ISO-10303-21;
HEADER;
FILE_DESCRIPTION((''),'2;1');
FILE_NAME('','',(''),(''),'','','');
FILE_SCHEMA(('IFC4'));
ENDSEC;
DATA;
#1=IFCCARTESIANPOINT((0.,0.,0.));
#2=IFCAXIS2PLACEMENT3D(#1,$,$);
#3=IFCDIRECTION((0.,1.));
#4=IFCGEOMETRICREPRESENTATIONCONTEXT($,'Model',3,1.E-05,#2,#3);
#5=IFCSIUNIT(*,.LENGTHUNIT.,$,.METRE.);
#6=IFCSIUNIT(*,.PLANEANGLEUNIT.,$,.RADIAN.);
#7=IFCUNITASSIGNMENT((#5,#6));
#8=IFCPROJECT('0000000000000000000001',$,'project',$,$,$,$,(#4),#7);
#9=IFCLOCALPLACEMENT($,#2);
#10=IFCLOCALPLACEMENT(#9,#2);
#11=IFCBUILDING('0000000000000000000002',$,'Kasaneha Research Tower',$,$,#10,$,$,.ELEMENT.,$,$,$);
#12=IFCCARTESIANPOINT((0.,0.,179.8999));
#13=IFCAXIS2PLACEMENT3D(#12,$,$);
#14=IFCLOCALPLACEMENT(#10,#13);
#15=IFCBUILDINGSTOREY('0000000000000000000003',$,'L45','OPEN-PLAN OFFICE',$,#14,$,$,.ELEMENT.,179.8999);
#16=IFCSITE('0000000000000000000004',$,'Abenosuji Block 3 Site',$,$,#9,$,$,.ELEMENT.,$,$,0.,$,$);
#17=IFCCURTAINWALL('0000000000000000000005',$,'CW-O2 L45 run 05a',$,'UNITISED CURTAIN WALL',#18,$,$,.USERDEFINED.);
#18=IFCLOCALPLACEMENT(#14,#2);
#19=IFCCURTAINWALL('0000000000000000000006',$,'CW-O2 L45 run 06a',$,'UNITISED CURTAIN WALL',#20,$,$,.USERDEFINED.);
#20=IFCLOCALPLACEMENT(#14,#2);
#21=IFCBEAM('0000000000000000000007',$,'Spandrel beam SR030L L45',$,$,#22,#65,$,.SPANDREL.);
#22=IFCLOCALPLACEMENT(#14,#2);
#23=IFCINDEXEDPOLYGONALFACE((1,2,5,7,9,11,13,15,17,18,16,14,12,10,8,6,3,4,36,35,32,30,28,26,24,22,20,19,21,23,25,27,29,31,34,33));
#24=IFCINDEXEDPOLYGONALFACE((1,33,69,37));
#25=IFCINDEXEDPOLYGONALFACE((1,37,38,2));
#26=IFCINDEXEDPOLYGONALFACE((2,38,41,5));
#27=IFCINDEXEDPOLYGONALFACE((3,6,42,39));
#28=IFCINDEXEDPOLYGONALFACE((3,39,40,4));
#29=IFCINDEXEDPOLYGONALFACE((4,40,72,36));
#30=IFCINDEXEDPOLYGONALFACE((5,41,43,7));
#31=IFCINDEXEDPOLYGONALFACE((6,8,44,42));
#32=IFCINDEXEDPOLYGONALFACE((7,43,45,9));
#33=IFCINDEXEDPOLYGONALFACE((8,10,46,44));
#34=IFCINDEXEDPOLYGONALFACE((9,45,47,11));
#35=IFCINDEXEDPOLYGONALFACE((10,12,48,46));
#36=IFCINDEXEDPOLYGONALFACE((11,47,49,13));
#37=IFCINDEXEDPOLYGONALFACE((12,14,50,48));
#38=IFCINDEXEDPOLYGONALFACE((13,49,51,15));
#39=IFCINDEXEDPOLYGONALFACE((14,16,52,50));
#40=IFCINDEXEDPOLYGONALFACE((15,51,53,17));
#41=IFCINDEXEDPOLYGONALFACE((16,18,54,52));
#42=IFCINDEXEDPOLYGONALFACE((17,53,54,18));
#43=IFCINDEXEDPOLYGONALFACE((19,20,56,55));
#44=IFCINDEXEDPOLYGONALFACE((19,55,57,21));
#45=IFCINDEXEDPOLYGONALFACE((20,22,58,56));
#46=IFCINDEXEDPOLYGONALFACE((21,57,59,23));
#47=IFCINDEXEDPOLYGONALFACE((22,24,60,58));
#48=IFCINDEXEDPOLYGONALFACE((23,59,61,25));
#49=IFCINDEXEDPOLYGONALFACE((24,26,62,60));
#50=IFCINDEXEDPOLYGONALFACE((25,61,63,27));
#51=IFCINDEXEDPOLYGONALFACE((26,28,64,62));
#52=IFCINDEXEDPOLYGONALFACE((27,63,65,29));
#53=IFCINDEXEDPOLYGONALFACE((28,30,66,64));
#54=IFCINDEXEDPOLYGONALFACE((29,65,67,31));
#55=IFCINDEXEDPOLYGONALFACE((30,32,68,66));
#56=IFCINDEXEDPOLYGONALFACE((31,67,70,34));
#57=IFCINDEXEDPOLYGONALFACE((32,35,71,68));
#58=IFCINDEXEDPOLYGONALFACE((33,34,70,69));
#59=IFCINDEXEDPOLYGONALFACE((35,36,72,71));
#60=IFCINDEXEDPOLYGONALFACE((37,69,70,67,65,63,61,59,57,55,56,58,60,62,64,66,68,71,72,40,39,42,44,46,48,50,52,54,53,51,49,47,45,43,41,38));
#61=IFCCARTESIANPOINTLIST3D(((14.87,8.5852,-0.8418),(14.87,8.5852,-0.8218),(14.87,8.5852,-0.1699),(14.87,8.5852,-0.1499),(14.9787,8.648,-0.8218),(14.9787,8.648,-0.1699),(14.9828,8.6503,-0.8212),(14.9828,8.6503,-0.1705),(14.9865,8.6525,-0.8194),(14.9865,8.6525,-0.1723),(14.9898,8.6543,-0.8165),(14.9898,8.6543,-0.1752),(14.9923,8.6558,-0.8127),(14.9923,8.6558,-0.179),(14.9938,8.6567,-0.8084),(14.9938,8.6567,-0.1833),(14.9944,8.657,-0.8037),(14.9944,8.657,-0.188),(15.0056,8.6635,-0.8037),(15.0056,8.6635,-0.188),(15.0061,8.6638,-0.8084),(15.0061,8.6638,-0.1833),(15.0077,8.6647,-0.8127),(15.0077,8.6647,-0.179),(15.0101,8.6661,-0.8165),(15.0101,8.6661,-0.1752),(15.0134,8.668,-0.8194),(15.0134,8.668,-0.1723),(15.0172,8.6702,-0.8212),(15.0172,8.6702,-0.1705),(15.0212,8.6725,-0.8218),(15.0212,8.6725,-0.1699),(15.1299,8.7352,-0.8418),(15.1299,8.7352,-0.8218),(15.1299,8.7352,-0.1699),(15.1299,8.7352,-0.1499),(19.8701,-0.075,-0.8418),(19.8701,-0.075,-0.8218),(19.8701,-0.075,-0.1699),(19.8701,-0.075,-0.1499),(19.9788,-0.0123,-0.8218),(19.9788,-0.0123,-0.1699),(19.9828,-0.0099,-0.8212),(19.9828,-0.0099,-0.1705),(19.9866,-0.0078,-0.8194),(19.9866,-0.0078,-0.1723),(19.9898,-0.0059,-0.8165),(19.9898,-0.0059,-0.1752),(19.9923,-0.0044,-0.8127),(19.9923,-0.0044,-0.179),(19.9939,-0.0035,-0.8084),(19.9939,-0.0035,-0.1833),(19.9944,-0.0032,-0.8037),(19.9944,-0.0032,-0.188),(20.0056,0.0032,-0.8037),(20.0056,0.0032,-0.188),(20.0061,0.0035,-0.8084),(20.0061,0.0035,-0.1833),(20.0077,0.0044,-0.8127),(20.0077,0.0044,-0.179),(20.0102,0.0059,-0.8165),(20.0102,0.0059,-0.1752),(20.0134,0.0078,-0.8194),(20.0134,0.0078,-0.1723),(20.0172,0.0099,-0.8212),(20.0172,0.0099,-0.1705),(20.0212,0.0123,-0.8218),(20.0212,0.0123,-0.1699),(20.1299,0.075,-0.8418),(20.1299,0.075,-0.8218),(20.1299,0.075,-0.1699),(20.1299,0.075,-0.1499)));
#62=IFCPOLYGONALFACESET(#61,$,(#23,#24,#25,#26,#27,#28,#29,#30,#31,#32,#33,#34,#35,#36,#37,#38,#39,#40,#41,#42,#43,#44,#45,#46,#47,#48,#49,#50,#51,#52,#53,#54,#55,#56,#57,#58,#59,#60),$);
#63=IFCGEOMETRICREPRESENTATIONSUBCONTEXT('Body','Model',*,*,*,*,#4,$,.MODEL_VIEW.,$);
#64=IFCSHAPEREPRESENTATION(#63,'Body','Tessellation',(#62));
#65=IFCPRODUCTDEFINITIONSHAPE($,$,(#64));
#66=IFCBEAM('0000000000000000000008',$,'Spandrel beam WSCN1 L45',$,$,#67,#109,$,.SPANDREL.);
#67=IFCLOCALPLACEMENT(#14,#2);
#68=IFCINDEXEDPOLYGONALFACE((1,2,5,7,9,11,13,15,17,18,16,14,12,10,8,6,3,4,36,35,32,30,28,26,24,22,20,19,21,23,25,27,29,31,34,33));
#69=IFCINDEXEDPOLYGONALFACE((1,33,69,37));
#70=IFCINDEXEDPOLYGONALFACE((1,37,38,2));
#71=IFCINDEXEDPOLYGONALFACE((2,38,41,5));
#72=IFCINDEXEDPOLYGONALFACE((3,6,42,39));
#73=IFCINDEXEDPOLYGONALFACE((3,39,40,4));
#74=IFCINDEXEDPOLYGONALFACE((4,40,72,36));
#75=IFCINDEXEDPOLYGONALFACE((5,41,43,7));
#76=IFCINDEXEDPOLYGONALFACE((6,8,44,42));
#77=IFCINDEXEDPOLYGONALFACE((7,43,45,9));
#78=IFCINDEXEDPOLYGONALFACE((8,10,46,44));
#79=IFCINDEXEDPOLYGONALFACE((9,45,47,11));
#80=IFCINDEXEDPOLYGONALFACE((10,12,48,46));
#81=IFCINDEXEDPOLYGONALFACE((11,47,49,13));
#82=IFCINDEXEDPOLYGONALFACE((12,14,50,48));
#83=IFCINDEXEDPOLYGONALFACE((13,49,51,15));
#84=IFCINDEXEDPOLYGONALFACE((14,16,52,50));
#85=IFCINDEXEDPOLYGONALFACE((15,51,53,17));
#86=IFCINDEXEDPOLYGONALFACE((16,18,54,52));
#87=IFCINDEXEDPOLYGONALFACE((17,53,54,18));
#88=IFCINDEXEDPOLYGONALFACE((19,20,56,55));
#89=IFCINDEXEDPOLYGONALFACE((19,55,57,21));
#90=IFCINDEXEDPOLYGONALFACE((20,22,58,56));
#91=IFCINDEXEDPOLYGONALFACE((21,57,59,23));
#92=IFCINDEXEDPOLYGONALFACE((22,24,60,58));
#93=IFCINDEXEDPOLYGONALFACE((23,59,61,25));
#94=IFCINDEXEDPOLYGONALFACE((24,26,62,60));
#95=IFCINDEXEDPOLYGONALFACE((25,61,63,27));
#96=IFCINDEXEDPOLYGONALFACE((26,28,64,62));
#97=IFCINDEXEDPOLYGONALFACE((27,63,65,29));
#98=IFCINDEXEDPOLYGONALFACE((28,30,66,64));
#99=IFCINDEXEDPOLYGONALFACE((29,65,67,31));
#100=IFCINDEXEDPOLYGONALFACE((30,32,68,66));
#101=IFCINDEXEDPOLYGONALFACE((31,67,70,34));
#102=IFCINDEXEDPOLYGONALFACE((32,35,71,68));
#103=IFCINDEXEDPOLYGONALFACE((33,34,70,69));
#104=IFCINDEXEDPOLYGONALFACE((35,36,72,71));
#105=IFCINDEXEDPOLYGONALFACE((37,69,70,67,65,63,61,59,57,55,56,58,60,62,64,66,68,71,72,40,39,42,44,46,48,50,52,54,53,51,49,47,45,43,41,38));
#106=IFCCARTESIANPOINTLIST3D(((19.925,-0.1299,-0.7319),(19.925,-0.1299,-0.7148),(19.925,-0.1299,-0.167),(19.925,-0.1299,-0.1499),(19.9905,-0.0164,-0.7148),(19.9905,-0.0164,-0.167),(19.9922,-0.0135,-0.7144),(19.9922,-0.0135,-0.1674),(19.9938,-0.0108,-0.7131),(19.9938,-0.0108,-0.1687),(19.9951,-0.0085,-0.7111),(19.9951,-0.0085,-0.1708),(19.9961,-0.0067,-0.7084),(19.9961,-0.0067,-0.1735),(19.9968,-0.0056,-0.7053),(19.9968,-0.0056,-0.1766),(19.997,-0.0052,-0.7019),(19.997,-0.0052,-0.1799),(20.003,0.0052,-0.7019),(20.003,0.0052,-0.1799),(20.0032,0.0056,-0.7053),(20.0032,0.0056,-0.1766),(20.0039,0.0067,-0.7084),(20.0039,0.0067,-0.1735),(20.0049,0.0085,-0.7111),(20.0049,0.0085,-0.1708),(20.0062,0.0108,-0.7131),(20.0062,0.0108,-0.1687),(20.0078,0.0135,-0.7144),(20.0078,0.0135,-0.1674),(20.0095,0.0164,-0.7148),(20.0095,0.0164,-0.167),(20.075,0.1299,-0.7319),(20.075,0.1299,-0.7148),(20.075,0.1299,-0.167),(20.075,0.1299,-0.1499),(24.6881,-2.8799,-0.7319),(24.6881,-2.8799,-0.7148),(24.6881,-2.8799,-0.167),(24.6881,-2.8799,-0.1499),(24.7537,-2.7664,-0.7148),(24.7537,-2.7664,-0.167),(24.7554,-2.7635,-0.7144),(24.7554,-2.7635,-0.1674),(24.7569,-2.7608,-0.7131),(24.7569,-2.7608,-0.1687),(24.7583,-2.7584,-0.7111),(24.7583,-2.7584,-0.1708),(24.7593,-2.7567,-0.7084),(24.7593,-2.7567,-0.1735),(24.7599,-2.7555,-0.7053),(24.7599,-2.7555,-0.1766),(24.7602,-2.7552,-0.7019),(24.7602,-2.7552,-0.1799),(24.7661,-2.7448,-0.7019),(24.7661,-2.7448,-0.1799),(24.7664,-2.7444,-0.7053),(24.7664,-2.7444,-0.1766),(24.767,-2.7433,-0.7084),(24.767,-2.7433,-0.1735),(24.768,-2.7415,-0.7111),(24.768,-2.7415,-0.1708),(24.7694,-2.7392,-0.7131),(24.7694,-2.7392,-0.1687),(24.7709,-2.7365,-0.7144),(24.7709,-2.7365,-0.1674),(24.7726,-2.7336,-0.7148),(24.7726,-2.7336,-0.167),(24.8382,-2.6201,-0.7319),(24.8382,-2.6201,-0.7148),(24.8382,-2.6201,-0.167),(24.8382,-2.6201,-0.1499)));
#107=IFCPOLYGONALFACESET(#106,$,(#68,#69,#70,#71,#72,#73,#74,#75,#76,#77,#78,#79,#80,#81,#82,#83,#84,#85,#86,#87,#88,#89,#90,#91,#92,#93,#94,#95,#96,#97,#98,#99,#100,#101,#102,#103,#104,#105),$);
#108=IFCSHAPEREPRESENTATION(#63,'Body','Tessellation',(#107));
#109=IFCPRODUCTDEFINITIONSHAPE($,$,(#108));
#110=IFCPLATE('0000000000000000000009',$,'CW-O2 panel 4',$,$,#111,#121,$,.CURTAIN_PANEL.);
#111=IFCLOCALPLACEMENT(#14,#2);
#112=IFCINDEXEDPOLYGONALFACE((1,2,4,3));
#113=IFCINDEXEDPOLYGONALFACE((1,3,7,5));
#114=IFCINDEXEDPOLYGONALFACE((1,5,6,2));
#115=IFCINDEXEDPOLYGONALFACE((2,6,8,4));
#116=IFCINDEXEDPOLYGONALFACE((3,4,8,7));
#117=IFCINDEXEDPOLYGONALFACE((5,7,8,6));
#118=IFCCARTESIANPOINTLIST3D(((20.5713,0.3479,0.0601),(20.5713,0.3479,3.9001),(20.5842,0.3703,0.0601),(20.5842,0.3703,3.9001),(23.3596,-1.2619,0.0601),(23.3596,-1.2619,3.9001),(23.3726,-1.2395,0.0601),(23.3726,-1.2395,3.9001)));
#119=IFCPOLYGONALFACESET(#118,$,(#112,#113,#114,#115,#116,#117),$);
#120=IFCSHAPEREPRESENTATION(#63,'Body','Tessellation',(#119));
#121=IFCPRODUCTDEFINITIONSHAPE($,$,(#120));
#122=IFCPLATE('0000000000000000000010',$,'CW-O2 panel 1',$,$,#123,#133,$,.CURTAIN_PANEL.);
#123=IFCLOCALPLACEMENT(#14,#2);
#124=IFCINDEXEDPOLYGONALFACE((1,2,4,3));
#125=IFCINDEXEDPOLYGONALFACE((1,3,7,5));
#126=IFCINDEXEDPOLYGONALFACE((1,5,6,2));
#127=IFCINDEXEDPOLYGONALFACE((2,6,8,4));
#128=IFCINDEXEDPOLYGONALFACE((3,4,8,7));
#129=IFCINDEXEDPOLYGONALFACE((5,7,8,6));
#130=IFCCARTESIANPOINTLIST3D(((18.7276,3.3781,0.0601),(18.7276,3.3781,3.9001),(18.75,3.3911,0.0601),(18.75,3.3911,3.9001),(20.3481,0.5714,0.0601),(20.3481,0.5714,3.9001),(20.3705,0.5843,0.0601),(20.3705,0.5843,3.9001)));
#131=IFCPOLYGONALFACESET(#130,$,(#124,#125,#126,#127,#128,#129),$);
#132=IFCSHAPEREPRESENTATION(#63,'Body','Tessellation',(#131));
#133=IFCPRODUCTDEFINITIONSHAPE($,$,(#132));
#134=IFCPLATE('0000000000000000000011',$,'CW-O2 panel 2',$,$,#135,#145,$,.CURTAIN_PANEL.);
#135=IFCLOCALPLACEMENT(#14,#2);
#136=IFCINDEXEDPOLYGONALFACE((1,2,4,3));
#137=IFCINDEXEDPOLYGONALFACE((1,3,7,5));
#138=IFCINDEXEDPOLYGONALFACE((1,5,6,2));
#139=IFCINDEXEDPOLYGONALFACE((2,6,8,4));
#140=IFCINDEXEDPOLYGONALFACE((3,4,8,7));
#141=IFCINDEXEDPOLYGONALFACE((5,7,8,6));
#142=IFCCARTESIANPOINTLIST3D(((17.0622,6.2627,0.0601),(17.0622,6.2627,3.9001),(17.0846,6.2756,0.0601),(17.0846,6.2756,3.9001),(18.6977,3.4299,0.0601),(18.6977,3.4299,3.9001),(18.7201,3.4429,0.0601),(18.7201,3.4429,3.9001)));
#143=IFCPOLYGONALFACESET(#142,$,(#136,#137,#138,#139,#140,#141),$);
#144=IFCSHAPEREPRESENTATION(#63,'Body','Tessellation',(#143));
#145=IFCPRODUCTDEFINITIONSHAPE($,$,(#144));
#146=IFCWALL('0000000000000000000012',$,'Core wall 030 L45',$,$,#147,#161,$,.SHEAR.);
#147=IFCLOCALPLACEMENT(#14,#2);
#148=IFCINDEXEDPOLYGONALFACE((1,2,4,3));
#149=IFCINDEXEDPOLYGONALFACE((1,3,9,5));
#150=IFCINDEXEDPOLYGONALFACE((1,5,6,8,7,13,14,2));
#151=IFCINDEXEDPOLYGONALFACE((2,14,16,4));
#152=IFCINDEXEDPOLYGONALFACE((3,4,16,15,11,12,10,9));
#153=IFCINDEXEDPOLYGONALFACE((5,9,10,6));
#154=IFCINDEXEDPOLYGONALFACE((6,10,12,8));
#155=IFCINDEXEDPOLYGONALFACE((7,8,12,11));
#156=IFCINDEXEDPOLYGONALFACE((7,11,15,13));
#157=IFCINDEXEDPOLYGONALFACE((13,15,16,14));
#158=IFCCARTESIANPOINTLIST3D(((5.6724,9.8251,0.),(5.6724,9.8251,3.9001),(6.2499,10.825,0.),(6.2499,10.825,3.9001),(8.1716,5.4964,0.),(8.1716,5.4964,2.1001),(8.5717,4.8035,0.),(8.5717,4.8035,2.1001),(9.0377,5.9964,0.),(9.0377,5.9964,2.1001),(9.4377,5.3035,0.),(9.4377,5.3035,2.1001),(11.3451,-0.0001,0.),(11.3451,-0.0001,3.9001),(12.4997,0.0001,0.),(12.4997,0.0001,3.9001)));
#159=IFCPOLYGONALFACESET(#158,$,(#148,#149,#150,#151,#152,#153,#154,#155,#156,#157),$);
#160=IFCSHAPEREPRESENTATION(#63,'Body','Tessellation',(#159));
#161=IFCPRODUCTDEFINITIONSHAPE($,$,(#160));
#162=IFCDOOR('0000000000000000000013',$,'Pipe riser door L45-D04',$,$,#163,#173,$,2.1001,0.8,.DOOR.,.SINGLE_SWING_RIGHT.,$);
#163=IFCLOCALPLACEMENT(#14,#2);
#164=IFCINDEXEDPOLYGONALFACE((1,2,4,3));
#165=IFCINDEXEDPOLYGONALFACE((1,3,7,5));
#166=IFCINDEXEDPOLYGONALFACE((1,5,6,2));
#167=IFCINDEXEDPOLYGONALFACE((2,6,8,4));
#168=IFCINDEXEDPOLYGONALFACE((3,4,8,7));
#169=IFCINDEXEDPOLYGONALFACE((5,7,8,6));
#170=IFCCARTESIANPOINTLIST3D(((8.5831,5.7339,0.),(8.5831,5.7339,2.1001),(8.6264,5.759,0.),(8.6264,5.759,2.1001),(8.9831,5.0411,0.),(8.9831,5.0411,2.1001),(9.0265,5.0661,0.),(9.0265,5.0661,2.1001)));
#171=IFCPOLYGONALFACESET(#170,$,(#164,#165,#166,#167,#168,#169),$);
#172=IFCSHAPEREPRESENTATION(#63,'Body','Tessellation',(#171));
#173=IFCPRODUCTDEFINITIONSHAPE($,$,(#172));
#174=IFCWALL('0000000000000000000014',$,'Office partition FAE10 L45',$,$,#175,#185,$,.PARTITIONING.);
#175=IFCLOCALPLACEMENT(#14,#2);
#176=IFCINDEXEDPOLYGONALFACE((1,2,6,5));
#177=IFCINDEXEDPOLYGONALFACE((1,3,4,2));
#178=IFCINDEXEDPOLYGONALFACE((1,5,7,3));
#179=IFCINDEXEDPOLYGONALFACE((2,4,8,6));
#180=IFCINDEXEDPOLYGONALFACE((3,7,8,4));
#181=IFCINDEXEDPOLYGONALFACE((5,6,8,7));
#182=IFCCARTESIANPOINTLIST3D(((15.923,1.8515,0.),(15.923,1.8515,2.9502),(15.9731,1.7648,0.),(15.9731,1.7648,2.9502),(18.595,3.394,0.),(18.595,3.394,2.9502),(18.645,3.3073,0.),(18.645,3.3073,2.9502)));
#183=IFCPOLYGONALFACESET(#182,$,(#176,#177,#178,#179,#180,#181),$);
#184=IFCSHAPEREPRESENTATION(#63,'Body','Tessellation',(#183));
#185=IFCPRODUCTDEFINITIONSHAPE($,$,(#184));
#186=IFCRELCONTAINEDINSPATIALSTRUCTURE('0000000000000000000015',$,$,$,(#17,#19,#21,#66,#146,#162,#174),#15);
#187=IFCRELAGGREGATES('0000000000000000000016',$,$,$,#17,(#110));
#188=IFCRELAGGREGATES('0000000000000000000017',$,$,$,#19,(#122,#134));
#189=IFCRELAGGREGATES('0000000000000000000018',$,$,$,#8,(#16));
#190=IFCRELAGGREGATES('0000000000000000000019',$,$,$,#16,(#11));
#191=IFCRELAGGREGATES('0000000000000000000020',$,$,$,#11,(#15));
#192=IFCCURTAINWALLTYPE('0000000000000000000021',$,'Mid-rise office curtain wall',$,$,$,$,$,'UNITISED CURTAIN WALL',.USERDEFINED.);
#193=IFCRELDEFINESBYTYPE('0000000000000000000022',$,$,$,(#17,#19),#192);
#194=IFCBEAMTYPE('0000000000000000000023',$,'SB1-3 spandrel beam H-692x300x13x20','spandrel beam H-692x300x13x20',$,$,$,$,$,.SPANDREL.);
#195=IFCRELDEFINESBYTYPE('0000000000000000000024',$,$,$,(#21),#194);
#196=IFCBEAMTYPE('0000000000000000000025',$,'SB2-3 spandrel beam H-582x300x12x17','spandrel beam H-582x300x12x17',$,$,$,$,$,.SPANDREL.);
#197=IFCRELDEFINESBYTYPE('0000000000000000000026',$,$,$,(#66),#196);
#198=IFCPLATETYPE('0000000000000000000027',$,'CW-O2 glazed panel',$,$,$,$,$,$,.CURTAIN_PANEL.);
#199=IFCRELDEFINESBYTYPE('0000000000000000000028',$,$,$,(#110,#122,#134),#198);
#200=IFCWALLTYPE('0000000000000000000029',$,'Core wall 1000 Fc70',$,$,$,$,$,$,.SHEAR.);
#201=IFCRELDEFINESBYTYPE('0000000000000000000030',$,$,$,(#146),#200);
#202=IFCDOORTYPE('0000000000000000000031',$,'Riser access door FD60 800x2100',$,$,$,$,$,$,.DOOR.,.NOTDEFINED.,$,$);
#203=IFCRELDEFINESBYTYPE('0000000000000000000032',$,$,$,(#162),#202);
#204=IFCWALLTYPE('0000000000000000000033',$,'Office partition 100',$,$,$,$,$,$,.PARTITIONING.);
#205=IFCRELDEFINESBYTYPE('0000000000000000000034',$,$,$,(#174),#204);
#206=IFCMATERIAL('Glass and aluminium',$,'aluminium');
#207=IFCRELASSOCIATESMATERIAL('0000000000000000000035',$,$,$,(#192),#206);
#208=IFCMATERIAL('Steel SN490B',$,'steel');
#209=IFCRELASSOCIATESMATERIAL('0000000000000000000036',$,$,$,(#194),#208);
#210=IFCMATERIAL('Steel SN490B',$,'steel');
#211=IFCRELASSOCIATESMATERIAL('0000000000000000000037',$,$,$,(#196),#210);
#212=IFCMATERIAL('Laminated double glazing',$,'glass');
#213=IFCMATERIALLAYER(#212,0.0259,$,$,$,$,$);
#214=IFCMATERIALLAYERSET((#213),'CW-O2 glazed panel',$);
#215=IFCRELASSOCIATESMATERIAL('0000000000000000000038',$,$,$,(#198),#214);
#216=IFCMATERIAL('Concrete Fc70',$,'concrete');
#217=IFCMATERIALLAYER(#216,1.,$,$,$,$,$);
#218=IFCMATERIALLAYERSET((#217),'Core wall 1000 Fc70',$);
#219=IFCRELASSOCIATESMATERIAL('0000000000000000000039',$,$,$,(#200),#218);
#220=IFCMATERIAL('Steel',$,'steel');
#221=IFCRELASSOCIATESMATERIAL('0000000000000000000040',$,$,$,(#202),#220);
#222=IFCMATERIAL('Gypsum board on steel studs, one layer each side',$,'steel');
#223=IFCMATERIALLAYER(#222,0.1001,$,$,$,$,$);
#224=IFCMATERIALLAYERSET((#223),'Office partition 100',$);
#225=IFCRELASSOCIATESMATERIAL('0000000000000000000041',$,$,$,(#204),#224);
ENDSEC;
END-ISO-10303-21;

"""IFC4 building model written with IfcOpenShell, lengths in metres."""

from ifc_helpers import new_model, si_unit, direction, frame, frame_2d, origin, origin_2d, place, context, subcontext, project, spatial, polyline, rectangle, i_section, outline, extrude, material, layer, layer_set, material_profile, profile_set, type_object, element, fill, aggregate, save


model = new_model("IFC4")

# Units and contexts
model_context = context("Model", 3, precision=1e-05, world=origin(), true_north=direction((0.0, 1.0)))
body_context = subcontext(model_context, "Body", "Model", "MODEL_VIEW")
ifc_project = project(units=[si_unit("LENGTHUNIT", "METRE"), si_unit("PLANEANGLEUNIT", "RADIAN")], contexts=[model_context])

# Site, building, storey
site_placement = place(None, origin())
site = spatial("IfcSite", under=ifc_project, at=site_placement, Name="Abenosuji Block 3 Site", CompositionType="ELEMENT", RefElevation=0.0)
building_placement = place(site_placement, origin())
building = spatial("IfcBuilding", under=site, at=building_placement, Name="Kasaneha Research Tower", CompositionType="ELEMENT")
storey_placement = place(building_placement, frame((0.0, 0.0, 179.8999)))
storey = spatial("IfcBuildingStorey", under=building, at=storey_placement, Name="L45", Description="OPEN-PLAN OFFICE", CompositionType="ELEMENT", Elevation=179.8999)

# Curtain walls
ifc_material_1 = material(Name="Glass and aluminium", Category="aluminium")
curtain_wall_type = type_object("IfcCurtainWallType", Name="Mid-rise office curtain wall", ElementType="UNITISED CURTAIN WALL", PredefinedType="USERDEFINED", material=ifc_material_1)
curtain_wall_1_placement = place(storey_placement, origin())
curtain_wall_1 = element("IfcCurtainWall", 1, at=curtain_wall_1_placement, inside=storey, type_object=curtain_wall_type, Name="CW-O2 L45 run 05a", ObjectType="UNITISED CURTAIN WALL", PredefinedType="USERDEFINED")
curtain_wall_2_placement = place(storey_placement, origin())
curtain_wall_2 = element("IfcCurtainWall", 2, at=curtain_wall_2_placement, inside=storey, type_object=curtain_wall_type, Name="CW-O2 L45 run 06a", ObjectType="UNITISED CURTAIN WALL", PredefinedType="USERDEFINED")

# Beams
ifc_material_2 = material(Name="Steel SN490B", Category="steel")
ifc_material_profile_1 = material_profile(ifc_material_2, i_section(OverallWidth=0.3, OverallDepth=0.6919, WebThickness=0.0129, FlangeThickness=0.02, FilletRadius=0.0181, at=origin_2d()), Name="H-692x300x13x20")
ifc_profile_set_1 = profile_set([ifc_material_profile_1], Name="Steel SN490B")
beam_type_1 = type_object("IfcBeamType", Name="SB1-3 spandrel beam H-692x300x13x20", Description="spandrel beam H-692x300x13x20", PredefinedType="SPANDREL", material=ifc_profile_set_1)
beam_1_placement = place(storey_placement, frame((20.0, 0.0, -0.4958), z_axis=(-0.500004, 0.866023, 0.0), x_axis=(-0.866023, -0.500004, 0.0)))
element("IfcBeam", 3, at=beam_1_placement, inside=storey, type_object=beam_type_1, Name="Spandrel beam SR030L L45", PredefinedType="SPANDREL", context=body_context, shape_type="SweptSolid", body=[
    extrude(i_section(OverallWidth=0.3, OverallDepth=0.6919, WebThickness=0.0129, FlangeThickness=0.02, FilletRadius=0.0181, at=origin_2d()), origin(), (0.0, 0.0, 1.0), 10.0),
])
ifc_material_3 = material(Name="Steel SN490B", Category="steel")
ifc_material_profile_2 = material_profile(ifc_material_3, i_section(OverallWidth=0.3, OverallDepth=0.582, WebThickness=0.012, FlangeThickness=0.0171, FilletRadius=0.0129, at=origin_2d()), Name="H-582x300x12x17")
ifc_profile_set_2 = profile_set([ifc_material_profile_2], Name="Steel SN490B")
beam_type_2 = type_object("IfcBeamType", Name="SB2-3 spandrel beam H-582x300x12x17", Description="spandrel beam H-582x300x12x17", PredefinedType="SPANDREL", material=ifc_profile_set_2)
beam_2_placement = place(storey_placement, frame((20.0, 0.0, -0.4409), z_axis=(0.866027, -0.499997, 0.0), x_axis=(0.499997, 0.866027, 0.0)))
element("IfcBeam", 4, at=beam_2_placement, inside=storey, type_object=beam_type_2, Name="Spandrel beam WSCN1 L45", PredefinedType="SPANDREL", context=body_context, shape_type="SweptSolid", body=[
    extrude(i_section(OverallWidth=0.3, OverallDepth=0.582, WebThickness=0.012, FlangeThickness=0.0171, FilletRadius=0.0129, at=origin_2d()), origin(), (0.0, 0.0, 1.0), 5.5),
])

# Plates
ifc_material_4 = material(Name="Laminated double glazing", Category="glass")
ifc_layer_1 = layer(ifc_material_4, 0.0259)
ifc_layer_set_1 = layer_set([ifc_layer_1], Name="CW-O2 glazed panel")
plate_type = type_object("IfcPlateType", Name="CW-O2 glazed panel", PredefinedType="CURTAIN_PANEL", material=ifc_layer_set_1)
plate_1_placement = place(storey_placement, frame((21.9719, -0.4458, 0.0601), z_axis=(0.0, 0.0, 1.0), x_axis=(-0.866025, 0.5, 0.0)))
plate_1 = element("IfcPlate", 5, at=plate_1_placement, type_object=plate_type, Name="CW-O2 panel 4", PredefinedType="CURTAIN_PANEL", context=body_context, shape_type="SweptSolid", body=[
    extrude(rectangle(XDim=3.2197, YDim=0.0259, at=origin_2d()), origin(), (0.0, 0.0, 1.0), 3.8401),
])
aggregate(curtain_wall_1, [plate_1])
plate_2_placement = place(storey_placement, frame((19.5491, 1.9812, 0.0601), z_axis=(0.0, 0.0, 1.0), x_axis=(-0.5, 0.866025, 0.0)))
plate_2 = element("IfcPlate", 6, at=plate_2_placement, type_object=plate_type, Name="CW-O2 panel 1", PredefinedType="CURTAIN_PANEL", context=body_context, shape_type="SweptSolid", body=[
    extrude(rectangle(XDim=3.241, YDim=0.0259, at=origin_2d()), origin(), (0.0, 0.0, 1.0), 3.8401),
])
plate_3_placement = place(storey_placement, frame((17.8911, 4.8528, 0.0601), z_axis=(0.0, 0.0, 1.0), x_axis=(-0.5, 0.866025, 0.0)))
plate_3 = element("IfcPlate", 7, at=plate_3_placement, type_object=plate_type, Name="CW-O2 panel 2", PredefinedType="CURTAIN_PANEL", context=body_context, shape_type="SweptSolid", body=[
    extrude(rectangle(XDim=3.271, YDim=0.0259, at=origin_2d()), origin(), (0.0, 0.0, 1.0), 3.8401),
])
aggregate(curtain_wall_2, [plate_2, plate_3])

# Wall, opening, door
ifc_material_5 = material(Name="Concrete Fc70", Category="concrete")
ifc_layer_2 = layer(ifc_material_5, 1.0)
ifc_layer_set_2 = layer_set([ifc_layer_2], Name="Core wall 1000 Fc70")
wall_type_1 = type_object("IfcWallType", Name="Core wall 1000 Fc70", PredefinedType="SHEAR", material=ifc_layer_set_2)
wall_1_placement = place(storey_placement, frame((11.9224, 0.0, 0.0), z_axis=(0.0, 0.0, 1.0), x_axis=(-0.500004, 0.866023, 0.0)))
wall_1 = element("IfcWall", 8, at=wall_1_placement, inside=storey, type_object=wall_type_1, Name="Core wall 030 L45", PredefinedType="SHEAR", context=body_context, shape_type="SweptSolid", body=[
    extrude(outline(polyline([(-0.2886, -0.5), (5.8354, -0.5), (6.6355, -0.5), (12.2109, -0.5), (11.6338, 0.5), (6.6355, 0.5), (5.8354, 0.5), (0.2886, 0.5), (-0.2886, -0.5)])), origin(), (0.0, 0.0, 1.0), 3.9001),
])
opening_1_placement = place(wall_1_placement, frame((5.8354, 0.0, 0.0)))
opening_1 = element("IfcOpeningElement", 9, at=opening_1_placement, cuts=wall_1, PredefinedType="OPENING", context=body_context, shape_type="SweptSolid", body=[
    extrude(rectangle(XDim=0.8, YDim=2.1001, at=frame_2d((0.3999, 1.05))), frame((0.0, 0.51, 0.0), z_axis=(0.0, -1.0, 0.0), x_axis=(1.0, 0.0, 0.0)), (0.0, 0.0, 1.0), 1.02),
])
ifc_material_6 = material(Name="Steel", Category="steel")
door_type_1 = type_object("IfcDoorType", Name="Riser access door FD60 800x2100", OperationType="NOTDEFINED", PredefinedType="DOOR", material=ifc_material_6)
door_1_placement = place(opening_1_placement, origin())
door_1 = element("IfcDoor", 10, at=door_1_placement, inside=storey, type_object=door_type_1, Name="Pipe riser door L45-D04", OperationType="SINGLE_SWING_RIGHT", OverallHeight=2.1001, OverallWidth=0.8, PredefinedType="DOOR", context=body_context, shape_type="SweptSolid", body=[
    extrude(rectangle(XDim=0.8, YDim=2.1001, at=frame_2d((0.3999, 1.05))), frame((0.0, 0.0249, 0.0), z_axis=(0.0, -1.0, 0.0), x_axis=(1.0, 0.0, 0.0)), (0.0, 0.0, 1.0), 0.05),
])
fill(opening_1, door_1)

# Wall
ifc_material_7 = material(Name="Gypsum board on steel studs, one layer each side", Category="steel")
ifc_layer_3 = layer(ifc_material_7, 0.1001)
ifc_layer_set_3 = layer_set([ifc_layer_3], Name="Office partition 100")
wall_type_2 = type_object("IfcWallType", Name="Office partition 100", PredefinedType="PARTITIONING", material=ifc_layer_set_3)
wall_2_placement = place(storey_placement, frame((18.6199, 3.3506, 0.0), z_axis=(0.0, 0.0, 1.0), x_axis=(-0.866043, -0.499969, 0.0)))
element("IfcWall", 11, at=wall_2_placement, inside=storey, type_object=wall_type_2, Name="Office partition FAE10 L45", PredefinedType="PARTITIONING", context=body_context, shape_type="SweptSolid", body=[
    extrude(rectangle(XDim=3.0852, YDim=0.1001, at=frame_2d((1.5425, 0.0))), origin(), (0.0, 0.0, 1.0), 2.9502),
])

save(model, "model.ifc")
